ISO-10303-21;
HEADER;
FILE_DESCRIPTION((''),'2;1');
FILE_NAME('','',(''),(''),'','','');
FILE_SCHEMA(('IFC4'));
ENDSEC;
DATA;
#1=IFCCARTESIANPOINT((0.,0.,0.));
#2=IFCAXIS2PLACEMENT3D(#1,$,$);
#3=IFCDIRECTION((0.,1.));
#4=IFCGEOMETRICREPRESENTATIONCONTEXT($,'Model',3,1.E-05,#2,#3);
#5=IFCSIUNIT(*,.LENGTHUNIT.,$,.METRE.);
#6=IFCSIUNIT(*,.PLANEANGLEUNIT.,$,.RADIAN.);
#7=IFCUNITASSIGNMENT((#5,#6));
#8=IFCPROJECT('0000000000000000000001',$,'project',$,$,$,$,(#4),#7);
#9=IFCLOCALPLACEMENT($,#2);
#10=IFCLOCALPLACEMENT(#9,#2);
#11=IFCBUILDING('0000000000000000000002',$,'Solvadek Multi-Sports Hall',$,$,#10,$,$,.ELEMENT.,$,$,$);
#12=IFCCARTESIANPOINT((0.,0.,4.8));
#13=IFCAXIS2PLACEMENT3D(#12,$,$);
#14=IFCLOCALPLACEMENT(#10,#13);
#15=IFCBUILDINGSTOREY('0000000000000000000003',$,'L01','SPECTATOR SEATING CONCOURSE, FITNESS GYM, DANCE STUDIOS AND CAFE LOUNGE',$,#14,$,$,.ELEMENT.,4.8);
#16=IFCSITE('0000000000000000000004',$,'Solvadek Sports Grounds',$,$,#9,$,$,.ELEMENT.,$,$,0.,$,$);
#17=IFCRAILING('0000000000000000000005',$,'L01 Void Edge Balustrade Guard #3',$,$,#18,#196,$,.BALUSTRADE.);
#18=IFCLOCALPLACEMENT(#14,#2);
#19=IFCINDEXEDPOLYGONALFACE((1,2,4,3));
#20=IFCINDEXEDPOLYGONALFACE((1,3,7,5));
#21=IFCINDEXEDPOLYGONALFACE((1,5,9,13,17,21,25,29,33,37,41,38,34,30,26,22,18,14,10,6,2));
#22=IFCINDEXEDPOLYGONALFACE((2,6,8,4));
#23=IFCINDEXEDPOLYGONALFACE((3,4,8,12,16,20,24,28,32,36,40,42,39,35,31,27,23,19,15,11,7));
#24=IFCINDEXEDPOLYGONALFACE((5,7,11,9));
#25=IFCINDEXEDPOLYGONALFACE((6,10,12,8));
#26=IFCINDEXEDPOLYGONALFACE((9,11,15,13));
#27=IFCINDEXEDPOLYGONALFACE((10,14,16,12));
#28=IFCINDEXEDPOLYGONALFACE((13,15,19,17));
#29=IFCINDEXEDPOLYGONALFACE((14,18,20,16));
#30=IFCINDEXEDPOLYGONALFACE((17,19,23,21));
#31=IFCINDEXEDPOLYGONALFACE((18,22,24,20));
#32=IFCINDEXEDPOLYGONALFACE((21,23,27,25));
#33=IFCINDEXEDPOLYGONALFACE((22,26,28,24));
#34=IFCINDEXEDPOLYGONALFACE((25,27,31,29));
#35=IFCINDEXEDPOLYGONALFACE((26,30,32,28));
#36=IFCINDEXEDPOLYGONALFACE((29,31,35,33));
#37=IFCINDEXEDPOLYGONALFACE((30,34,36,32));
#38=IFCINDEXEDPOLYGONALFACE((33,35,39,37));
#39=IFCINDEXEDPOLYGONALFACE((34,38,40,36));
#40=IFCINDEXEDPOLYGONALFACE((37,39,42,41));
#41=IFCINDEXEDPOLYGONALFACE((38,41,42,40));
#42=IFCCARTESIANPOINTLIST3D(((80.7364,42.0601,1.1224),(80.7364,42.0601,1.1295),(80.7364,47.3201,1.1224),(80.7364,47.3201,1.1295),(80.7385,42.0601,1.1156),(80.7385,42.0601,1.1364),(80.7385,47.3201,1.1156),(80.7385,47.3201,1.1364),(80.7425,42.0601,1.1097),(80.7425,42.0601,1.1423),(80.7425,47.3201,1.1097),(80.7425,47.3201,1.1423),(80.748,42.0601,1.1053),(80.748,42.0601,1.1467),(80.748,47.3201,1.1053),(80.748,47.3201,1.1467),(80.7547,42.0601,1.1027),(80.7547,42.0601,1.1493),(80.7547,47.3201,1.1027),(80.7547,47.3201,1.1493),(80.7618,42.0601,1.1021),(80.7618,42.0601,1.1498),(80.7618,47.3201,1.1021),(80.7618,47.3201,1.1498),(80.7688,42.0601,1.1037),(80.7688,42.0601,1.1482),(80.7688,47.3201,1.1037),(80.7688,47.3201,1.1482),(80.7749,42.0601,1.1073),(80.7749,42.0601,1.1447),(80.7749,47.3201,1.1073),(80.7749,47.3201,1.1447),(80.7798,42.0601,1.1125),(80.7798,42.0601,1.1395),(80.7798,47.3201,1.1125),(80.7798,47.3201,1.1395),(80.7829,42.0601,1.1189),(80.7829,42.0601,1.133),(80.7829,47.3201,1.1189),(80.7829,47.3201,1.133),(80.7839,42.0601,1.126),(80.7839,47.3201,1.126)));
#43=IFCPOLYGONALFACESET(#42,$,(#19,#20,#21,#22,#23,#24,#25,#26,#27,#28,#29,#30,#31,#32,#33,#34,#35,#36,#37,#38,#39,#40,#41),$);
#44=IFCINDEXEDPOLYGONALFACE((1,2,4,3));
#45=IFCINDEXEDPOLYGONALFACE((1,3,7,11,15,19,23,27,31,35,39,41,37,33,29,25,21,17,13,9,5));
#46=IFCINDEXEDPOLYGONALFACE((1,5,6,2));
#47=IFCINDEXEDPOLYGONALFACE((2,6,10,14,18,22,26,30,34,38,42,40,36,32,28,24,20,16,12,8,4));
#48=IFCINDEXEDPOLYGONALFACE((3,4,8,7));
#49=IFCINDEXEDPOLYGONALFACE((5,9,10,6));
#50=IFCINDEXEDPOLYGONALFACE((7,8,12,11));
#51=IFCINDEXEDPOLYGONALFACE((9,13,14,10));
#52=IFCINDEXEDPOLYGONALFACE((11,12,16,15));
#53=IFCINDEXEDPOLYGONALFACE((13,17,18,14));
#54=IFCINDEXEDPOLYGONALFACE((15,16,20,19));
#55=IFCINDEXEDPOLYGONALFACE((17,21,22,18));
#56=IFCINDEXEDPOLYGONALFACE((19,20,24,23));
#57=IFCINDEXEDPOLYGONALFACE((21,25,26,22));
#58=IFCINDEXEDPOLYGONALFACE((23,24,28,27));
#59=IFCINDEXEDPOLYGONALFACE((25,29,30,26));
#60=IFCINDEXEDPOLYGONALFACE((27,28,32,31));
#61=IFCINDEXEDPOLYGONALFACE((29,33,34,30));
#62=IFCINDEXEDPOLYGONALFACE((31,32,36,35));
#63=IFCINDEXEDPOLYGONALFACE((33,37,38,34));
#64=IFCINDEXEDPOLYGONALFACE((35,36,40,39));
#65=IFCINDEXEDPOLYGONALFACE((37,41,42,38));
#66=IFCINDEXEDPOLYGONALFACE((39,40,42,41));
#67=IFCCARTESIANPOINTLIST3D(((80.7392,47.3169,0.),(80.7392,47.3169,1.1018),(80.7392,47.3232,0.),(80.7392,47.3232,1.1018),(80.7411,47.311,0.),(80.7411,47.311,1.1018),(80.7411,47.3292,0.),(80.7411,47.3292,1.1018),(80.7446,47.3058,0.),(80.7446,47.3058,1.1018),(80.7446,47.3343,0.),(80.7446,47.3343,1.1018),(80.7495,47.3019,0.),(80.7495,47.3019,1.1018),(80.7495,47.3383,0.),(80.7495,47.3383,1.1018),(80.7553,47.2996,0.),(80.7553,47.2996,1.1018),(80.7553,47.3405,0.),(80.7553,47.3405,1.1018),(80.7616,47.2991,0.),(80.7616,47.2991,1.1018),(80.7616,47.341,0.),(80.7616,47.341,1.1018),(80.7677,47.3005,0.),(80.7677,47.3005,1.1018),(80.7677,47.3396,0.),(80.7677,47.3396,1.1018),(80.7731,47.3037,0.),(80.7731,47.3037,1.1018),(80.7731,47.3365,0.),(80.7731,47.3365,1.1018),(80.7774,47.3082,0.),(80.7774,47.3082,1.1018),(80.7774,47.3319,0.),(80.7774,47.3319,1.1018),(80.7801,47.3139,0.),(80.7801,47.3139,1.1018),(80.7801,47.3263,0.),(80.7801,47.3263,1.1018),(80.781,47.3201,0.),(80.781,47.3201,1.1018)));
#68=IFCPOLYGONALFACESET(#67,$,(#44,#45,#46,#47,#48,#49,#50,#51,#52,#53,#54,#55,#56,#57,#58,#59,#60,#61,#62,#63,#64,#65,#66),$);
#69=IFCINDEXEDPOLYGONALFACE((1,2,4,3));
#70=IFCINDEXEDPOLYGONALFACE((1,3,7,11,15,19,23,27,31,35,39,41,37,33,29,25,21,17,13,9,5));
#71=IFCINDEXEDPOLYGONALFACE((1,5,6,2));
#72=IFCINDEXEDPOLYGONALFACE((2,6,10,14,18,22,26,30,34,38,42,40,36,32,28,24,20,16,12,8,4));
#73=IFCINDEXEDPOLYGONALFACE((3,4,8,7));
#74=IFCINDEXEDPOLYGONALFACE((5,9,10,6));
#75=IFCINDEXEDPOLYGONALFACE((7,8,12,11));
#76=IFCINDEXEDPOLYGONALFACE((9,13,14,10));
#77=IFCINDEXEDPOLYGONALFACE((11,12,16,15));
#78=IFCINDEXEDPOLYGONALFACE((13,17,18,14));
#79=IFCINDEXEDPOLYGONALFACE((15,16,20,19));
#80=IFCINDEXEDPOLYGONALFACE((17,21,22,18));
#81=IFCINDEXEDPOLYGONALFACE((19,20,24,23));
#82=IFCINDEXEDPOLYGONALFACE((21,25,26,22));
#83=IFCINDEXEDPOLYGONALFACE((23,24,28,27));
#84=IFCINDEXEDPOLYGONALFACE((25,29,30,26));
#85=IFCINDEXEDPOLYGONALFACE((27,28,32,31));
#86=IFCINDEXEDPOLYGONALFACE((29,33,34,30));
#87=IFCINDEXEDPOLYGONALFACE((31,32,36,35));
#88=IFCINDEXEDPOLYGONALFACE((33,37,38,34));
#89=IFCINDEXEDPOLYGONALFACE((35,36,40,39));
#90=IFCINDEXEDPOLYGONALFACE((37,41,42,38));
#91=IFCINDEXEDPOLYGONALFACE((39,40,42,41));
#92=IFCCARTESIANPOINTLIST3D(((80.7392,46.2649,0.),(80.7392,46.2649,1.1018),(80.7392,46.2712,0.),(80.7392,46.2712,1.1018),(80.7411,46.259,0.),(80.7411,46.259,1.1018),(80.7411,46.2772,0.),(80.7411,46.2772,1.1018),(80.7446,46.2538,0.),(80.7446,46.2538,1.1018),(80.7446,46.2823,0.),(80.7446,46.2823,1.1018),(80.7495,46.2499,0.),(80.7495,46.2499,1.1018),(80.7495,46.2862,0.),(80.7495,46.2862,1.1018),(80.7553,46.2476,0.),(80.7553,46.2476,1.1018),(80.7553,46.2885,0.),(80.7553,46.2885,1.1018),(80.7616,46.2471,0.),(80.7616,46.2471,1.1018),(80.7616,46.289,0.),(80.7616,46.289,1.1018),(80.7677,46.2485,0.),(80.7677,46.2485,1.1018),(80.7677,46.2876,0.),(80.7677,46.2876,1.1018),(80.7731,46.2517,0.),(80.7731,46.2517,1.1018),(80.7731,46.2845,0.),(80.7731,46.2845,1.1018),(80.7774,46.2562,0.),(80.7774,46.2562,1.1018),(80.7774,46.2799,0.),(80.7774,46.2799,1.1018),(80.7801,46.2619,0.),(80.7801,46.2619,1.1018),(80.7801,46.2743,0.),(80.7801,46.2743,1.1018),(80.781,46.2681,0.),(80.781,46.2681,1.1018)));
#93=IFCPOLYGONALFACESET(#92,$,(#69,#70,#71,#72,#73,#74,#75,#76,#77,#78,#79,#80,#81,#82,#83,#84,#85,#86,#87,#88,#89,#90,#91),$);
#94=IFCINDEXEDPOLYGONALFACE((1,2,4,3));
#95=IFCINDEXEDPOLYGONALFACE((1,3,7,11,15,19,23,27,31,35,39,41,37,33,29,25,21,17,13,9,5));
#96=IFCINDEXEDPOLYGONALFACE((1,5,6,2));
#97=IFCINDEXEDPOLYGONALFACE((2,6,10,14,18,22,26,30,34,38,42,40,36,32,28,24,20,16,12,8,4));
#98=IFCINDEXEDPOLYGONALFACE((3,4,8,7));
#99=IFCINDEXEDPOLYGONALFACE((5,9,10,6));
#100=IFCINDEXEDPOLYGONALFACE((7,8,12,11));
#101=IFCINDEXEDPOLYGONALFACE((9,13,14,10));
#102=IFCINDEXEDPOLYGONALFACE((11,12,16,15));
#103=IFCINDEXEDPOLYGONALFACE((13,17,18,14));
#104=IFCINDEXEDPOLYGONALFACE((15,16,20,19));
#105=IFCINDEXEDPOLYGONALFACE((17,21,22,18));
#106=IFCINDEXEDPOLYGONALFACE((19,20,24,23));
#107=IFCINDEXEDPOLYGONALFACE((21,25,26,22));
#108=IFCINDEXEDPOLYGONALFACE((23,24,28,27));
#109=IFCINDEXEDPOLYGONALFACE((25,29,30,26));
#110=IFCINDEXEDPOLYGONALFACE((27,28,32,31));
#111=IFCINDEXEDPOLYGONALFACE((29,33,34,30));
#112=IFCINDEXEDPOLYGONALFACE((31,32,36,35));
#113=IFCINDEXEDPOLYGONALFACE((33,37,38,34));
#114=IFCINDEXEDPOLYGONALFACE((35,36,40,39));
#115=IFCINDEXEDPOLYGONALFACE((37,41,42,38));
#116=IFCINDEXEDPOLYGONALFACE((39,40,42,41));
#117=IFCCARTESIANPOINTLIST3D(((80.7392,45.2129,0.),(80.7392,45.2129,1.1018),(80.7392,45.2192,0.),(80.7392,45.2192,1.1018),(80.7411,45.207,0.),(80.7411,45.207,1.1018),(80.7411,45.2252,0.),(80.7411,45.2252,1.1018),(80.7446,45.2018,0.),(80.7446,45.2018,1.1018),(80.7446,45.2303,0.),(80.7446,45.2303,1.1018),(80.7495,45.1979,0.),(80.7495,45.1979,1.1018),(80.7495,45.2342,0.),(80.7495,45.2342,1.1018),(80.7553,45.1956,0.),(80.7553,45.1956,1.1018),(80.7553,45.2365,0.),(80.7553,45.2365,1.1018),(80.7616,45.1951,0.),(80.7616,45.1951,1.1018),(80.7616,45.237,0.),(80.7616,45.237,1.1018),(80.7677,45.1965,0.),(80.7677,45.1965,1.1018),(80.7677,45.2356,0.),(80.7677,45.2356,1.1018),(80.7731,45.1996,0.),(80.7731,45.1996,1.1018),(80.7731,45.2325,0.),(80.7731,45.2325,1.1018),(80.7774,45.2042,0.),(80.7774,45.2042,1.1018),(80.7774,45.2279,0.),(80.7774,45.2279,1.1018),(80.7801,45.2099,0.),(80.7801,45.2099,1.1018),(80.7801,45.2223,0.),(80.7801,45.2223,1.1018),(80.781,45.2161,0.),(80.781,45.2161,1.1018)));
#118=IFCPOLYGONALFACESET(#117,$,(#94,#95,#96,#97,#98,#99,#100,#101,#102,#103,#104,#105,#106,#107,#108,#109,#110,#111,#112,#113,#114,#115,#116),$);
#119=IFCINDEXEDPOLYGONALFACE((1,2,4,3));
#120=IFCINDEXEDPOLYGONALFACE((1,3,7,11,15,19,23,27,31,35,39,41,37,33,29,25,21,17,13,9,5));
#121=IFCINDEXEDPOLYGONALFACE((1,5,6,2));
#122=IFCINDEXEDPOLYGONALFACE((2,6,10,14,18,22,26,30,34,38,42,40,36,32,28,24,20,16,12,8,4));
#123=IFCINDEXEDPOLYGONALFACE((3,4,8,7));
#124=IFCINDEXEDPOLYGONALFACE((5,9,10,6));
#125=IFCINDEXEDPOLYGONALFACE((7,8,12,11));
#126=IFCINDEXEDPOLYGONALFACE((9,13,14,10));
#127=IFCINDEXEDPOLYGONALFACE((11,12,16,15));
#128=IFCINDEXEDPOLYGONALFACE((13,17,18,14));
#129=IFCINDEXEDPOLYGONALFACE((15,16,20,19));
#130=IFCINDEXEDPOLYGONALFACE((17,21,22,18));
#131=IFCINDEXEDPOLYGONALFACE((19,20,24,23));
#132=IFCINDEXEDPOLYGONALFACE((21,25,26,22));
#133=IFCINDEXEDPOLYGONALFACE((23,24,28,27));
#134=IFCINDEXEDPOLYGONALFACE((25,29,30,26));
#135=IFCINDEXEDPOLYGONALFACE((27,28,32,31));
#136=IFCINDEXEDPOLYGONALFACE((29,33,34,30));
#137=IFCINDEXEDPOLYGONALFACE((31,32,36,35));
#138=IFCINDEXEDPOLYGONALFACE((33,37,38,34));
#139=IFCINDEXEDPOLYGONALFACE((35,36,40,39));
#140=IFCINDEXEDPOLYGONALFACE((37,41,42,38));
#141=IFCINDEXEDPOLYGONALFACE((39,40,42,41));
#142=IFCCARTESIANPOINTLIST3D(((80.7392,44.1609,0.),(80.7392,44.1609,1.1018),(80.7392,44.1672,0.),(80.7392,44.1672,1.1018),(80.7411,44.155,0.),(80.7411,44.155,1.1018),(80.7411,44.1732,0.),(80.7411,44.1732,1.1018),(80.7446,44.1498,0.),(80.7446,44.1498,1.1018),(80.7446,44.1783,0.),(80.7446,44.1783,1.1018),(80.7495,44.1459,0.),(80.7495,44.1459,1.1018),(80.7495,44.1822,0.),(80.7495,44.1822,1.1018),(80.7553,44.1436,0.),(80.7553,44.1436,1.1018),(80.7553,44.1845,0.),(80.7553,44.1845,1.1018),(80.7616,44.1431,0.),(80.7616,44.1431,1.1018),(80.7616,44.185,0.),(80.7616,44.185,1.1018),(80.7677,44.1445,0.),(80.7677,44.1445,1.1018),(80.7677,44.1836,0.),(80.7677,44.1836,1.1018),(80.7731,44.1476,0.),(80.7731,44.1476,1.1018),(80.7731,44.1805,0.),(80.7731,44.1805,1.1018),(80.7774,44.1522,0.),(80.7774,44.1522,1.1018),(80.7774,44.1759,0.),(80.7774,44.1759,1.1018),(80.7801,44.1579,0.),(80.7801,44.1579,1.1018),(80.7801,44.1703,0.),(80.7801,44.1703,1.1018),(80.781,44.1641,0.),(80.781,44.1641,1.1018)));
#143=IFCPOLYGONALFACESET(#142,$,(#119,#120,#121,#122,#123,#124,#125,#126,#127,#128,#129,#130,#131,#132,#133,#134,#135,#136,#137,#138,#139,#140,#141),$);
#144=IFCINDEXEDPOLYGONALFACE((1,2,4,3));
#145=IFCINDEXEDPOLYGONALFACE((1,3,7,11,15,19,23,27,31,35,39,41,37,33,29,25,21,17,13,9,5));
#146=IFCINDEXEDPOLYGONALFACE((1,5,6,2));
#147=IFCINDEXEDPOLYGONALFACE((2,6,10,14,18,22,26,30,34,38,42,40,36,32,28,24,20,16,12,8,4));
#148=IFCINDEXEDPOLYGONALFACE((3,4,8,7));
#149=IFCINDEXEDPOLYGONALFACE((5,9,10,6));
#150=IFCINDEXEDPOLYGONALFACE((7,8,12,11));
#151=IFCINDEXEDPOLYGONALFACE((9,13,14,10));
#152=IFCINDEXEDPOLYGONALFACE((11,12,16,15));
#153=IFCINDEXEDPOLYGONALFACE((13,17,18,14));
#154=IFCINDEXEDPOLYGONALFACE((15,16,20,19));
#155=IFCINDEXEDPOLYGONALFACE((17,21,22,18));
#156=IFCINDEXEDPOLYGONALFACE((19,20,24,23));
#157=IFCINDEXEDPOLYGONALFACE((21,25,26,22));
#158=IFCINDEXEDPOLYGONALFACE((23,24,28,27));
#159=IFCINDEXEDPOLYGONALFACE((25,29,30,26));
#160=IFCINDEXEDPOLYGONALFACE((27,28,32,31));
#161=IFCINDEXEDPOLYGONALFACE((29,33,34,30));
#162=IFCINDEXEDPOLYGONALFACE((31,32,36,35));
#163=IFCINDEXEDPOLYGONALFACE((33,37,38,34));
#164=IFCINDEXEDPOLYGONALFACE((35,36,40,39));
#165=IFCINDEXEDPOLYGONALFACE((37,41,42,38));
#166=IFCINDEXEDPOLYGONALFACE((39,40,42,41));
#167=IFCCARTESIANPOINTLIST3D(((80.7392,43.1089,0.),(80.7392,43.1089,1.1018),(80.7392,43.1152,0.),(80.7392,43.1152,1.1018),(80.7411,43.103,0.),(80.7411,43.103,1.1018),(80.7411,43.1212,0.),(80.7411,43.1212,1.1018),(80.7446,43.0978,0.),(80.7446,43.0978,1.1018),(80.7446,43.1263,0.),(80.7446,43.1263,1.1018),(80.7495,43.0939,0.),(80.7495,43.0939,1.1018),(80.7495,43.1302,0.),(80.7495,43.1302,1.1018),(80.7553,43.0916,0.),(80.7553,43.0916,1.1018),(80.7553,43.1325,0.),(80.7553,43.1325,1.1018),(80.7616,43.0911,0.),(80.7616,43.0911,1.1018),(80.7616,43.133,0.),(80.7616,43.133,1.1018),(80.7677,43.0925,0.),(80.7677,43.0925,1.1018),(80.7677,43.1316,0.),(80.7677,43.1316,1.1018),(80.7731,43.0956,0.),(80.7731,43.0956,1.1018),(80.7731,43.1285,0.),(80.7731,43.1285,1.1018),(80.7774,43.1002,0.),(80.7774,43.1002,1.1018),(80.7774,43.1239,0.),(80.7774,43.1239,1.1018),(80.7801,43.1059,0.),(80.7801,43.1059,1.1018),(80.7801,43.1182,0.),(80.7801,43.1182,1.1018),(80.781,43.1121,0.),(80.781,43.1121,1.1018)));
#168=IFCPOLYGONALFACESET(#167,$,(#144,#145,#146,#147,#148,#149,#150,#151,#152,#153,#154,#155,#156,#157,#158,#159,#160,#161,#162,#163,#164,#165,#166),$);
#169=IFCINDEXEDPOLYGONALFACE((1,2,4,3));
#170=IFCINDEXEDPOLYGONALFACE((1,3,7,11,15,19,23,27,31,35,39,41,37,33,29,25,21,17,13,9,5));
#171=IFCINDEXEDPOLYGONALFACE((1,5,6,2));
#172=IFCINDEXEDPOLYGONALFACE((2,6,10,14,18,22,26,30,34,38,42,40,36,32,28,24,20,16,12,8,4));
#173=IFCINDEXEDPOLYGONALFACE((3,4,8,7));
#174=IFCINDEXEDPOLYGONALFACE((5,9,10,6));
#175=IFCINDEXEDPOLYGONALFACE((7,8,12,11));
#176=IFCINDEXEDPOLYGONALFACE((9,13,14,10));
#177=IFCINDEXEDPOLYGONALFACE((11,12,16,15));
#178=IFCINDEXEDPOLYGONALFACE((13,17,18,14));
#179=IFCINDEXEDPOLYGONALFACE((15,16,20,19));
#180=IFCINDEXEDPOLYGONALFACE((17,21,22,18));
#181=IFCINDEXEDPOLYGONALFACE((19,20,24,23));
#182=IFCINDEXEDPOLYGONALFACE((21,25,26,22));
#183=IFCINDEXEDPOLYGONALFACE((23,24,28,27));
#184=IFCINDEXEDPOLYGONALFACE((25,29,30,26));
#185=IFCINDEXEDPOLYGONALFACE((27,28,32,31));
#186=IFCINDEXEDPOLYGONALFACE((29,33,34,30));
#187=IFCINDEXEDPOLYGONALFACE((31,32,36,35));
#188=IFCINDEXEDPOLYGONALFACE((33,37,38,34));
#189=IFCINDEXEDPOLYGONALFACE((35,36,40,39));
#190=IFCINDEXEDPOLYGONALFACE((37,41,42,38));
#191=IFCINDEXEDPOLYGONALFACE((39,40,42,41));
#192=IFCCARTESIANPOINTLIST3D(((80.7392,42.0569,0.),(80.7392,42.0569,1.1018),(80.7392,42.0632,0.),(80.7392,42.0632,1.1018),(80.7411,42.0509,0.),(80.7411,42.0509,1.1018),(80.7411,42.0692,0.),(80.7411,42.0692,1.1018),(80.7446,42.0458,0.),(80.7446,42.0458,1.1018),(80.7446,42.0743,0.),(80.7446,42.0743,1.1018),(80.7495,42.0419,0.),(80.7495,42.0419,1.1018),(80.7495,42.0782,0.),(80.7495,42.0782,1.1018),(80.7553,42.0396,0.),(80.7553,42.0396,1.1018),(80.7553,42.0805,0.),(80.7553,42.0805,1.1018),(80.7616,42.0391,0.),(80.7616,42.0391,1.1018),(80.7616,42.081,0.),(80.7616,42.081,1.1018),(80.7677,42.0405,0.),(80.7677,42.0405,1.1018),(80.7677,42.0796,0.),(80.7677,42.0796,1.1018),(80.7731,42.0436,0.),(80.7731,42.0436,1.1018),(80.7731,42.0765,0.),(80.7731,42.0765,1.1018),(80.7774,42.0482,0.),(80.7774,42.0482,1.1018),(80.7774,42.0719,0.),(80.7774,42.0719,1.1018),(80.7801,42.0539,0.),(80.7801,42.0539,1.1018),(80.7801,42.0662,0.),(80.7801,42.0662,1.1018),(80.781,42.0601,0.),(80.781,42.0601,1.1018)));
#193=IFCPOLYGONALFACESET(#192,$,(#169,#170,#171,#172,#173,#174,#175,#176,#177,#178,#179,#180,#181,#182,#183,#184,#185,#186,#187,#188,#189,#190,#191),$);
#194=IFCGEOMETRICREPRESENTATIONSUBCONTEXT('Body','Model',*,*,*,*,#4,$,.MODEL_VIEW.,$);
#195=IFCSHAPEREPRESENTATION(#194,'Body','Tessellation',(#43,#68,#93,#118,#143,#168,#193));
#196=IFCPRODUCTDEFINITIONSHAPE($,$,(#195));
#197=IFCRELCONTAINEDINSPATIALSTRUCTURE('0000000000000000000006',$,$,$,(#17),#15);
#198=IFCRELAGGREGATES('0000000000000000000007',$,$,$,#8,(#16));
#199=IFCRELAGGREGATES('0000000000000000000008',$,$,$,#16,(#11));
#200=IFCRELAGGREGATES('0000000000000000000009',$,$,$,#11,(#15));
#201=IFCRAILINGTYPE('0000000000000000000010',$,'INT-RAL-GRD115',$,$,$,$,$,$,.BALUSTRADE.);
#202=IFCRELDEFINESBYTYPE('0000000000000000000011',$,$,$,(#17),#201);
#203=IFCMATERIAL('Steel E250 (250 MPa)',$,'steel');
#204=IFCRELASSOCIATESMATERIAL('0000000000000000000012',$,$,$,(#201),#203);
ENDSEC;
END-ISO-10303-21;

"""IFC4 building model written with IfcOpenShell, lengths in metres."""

from ifc_helpers import new_model, si_unit, direction, frame, origin, origin_2d, place, context, subcontext, project, spatial, circle, extrude, material, type_object, element, save


model = new_model("IFC4")

# Units and contexts
model_context = context("Model", 3, precision=1e-05, world=origin(), true_north=direction((0.0, 1.0)))
body_context = subcontext(model_context, "Body", "Model", "MODEL_VIEW")
ifc_project = project(units=[si_unit("LENGTHUNIT", "METRE"), si_unit("PLANEANGLEUNIT", "RADIAN")], contexts=[model_context])

# Site, building, storey
site_placement = place(None, origin())
site = spatial("IfcSite", under=ifc_project, at=site_placement, Name="Solvadek Sports Grounds", CompositionType="ELEMENT", RefElevation=0.0)
building_placement = place(site_placement, origin())
building = spatial("IfcBuilding", under=site, at=building_placement, Name="Solvadek Multi-Sports Hall", CompositionType="ELEMENT")
storey_placement = place(building_placement, frame((0.0, 0.0, 4.8)))
storey = spatial("IfcBuildingStorey", under=building, at=storey_placement, Name="L01", Description="SPECTATOR SEATING CONCOURSE, FITNESS GYM, DANCE STUDIOS AND CAFE LOUNGE", CompositionType="ELEMENT", Elevation=4.8)

# Shared definitions
ifc_material_1 = material(Name="Steel E250 (250 MPa)", Category="steel")

# Railing
railing_type = type_object("IfcRailingType", Name="INT-RAL-GRD115", PredefinedType="BALUSTRADE", material=ifc_material_1)
for number, where, name in (
    (1, (80.76, 47.3201, 0.0), "L01 Void Edge Balustrade Guard #3"),
):
    element("IfcRailing", number, at=place(storey_placement, frame(where)), inside=storey, type_object=railing_type, Name=name, PredefinedType="BALUSTRADE", context=body_context, shape_type="SweptSolid", body=[
        extrude(circle(Radius=0.0239, at=origin_2d()), frame((0.0, 0.0, 1.126), z_axis=(0.0, -1.0, 0.0), x_axis=(1.0, 0.0, 0.0)), (0.0, 0.0, 1.0), 5.26),
        extrude(circle(Radius=0.021, at=origin_2d()), origin(), (0.0, 0.0, 1.0), 1.1018),
        extrude(circle(Radius=0.021, at=origin_2d()), frame((0.0, -1.052, 0.0)), (0.0, 0.0, 1.0), 1.1018),
        extrude(circle(Radius=0.021, at=origin_2d()), frame((0.0, -2.104, 0.0)), (0.0, 0.0, 1.0), 1.1018),
        extrude(circle(Radius=0.021, at=origin_2d()), frame((0.0, -3.156, 0.0)), (0.0, 0.0, 1.0), 1.1018),
        extrude(circle(Radius=0.021, at=origin_2d()), frame((0.0, -4.208, 0.0)), (0.0, 0.0, 1.0), 1.1018),
        extrude(circle(Radius=0.021, at=origin_2d()), frame((0.0, -5.26, 0.0)), (0.0, 0.0, 1.0), 1.1018),
    ])

save(model, "model.ifc")
